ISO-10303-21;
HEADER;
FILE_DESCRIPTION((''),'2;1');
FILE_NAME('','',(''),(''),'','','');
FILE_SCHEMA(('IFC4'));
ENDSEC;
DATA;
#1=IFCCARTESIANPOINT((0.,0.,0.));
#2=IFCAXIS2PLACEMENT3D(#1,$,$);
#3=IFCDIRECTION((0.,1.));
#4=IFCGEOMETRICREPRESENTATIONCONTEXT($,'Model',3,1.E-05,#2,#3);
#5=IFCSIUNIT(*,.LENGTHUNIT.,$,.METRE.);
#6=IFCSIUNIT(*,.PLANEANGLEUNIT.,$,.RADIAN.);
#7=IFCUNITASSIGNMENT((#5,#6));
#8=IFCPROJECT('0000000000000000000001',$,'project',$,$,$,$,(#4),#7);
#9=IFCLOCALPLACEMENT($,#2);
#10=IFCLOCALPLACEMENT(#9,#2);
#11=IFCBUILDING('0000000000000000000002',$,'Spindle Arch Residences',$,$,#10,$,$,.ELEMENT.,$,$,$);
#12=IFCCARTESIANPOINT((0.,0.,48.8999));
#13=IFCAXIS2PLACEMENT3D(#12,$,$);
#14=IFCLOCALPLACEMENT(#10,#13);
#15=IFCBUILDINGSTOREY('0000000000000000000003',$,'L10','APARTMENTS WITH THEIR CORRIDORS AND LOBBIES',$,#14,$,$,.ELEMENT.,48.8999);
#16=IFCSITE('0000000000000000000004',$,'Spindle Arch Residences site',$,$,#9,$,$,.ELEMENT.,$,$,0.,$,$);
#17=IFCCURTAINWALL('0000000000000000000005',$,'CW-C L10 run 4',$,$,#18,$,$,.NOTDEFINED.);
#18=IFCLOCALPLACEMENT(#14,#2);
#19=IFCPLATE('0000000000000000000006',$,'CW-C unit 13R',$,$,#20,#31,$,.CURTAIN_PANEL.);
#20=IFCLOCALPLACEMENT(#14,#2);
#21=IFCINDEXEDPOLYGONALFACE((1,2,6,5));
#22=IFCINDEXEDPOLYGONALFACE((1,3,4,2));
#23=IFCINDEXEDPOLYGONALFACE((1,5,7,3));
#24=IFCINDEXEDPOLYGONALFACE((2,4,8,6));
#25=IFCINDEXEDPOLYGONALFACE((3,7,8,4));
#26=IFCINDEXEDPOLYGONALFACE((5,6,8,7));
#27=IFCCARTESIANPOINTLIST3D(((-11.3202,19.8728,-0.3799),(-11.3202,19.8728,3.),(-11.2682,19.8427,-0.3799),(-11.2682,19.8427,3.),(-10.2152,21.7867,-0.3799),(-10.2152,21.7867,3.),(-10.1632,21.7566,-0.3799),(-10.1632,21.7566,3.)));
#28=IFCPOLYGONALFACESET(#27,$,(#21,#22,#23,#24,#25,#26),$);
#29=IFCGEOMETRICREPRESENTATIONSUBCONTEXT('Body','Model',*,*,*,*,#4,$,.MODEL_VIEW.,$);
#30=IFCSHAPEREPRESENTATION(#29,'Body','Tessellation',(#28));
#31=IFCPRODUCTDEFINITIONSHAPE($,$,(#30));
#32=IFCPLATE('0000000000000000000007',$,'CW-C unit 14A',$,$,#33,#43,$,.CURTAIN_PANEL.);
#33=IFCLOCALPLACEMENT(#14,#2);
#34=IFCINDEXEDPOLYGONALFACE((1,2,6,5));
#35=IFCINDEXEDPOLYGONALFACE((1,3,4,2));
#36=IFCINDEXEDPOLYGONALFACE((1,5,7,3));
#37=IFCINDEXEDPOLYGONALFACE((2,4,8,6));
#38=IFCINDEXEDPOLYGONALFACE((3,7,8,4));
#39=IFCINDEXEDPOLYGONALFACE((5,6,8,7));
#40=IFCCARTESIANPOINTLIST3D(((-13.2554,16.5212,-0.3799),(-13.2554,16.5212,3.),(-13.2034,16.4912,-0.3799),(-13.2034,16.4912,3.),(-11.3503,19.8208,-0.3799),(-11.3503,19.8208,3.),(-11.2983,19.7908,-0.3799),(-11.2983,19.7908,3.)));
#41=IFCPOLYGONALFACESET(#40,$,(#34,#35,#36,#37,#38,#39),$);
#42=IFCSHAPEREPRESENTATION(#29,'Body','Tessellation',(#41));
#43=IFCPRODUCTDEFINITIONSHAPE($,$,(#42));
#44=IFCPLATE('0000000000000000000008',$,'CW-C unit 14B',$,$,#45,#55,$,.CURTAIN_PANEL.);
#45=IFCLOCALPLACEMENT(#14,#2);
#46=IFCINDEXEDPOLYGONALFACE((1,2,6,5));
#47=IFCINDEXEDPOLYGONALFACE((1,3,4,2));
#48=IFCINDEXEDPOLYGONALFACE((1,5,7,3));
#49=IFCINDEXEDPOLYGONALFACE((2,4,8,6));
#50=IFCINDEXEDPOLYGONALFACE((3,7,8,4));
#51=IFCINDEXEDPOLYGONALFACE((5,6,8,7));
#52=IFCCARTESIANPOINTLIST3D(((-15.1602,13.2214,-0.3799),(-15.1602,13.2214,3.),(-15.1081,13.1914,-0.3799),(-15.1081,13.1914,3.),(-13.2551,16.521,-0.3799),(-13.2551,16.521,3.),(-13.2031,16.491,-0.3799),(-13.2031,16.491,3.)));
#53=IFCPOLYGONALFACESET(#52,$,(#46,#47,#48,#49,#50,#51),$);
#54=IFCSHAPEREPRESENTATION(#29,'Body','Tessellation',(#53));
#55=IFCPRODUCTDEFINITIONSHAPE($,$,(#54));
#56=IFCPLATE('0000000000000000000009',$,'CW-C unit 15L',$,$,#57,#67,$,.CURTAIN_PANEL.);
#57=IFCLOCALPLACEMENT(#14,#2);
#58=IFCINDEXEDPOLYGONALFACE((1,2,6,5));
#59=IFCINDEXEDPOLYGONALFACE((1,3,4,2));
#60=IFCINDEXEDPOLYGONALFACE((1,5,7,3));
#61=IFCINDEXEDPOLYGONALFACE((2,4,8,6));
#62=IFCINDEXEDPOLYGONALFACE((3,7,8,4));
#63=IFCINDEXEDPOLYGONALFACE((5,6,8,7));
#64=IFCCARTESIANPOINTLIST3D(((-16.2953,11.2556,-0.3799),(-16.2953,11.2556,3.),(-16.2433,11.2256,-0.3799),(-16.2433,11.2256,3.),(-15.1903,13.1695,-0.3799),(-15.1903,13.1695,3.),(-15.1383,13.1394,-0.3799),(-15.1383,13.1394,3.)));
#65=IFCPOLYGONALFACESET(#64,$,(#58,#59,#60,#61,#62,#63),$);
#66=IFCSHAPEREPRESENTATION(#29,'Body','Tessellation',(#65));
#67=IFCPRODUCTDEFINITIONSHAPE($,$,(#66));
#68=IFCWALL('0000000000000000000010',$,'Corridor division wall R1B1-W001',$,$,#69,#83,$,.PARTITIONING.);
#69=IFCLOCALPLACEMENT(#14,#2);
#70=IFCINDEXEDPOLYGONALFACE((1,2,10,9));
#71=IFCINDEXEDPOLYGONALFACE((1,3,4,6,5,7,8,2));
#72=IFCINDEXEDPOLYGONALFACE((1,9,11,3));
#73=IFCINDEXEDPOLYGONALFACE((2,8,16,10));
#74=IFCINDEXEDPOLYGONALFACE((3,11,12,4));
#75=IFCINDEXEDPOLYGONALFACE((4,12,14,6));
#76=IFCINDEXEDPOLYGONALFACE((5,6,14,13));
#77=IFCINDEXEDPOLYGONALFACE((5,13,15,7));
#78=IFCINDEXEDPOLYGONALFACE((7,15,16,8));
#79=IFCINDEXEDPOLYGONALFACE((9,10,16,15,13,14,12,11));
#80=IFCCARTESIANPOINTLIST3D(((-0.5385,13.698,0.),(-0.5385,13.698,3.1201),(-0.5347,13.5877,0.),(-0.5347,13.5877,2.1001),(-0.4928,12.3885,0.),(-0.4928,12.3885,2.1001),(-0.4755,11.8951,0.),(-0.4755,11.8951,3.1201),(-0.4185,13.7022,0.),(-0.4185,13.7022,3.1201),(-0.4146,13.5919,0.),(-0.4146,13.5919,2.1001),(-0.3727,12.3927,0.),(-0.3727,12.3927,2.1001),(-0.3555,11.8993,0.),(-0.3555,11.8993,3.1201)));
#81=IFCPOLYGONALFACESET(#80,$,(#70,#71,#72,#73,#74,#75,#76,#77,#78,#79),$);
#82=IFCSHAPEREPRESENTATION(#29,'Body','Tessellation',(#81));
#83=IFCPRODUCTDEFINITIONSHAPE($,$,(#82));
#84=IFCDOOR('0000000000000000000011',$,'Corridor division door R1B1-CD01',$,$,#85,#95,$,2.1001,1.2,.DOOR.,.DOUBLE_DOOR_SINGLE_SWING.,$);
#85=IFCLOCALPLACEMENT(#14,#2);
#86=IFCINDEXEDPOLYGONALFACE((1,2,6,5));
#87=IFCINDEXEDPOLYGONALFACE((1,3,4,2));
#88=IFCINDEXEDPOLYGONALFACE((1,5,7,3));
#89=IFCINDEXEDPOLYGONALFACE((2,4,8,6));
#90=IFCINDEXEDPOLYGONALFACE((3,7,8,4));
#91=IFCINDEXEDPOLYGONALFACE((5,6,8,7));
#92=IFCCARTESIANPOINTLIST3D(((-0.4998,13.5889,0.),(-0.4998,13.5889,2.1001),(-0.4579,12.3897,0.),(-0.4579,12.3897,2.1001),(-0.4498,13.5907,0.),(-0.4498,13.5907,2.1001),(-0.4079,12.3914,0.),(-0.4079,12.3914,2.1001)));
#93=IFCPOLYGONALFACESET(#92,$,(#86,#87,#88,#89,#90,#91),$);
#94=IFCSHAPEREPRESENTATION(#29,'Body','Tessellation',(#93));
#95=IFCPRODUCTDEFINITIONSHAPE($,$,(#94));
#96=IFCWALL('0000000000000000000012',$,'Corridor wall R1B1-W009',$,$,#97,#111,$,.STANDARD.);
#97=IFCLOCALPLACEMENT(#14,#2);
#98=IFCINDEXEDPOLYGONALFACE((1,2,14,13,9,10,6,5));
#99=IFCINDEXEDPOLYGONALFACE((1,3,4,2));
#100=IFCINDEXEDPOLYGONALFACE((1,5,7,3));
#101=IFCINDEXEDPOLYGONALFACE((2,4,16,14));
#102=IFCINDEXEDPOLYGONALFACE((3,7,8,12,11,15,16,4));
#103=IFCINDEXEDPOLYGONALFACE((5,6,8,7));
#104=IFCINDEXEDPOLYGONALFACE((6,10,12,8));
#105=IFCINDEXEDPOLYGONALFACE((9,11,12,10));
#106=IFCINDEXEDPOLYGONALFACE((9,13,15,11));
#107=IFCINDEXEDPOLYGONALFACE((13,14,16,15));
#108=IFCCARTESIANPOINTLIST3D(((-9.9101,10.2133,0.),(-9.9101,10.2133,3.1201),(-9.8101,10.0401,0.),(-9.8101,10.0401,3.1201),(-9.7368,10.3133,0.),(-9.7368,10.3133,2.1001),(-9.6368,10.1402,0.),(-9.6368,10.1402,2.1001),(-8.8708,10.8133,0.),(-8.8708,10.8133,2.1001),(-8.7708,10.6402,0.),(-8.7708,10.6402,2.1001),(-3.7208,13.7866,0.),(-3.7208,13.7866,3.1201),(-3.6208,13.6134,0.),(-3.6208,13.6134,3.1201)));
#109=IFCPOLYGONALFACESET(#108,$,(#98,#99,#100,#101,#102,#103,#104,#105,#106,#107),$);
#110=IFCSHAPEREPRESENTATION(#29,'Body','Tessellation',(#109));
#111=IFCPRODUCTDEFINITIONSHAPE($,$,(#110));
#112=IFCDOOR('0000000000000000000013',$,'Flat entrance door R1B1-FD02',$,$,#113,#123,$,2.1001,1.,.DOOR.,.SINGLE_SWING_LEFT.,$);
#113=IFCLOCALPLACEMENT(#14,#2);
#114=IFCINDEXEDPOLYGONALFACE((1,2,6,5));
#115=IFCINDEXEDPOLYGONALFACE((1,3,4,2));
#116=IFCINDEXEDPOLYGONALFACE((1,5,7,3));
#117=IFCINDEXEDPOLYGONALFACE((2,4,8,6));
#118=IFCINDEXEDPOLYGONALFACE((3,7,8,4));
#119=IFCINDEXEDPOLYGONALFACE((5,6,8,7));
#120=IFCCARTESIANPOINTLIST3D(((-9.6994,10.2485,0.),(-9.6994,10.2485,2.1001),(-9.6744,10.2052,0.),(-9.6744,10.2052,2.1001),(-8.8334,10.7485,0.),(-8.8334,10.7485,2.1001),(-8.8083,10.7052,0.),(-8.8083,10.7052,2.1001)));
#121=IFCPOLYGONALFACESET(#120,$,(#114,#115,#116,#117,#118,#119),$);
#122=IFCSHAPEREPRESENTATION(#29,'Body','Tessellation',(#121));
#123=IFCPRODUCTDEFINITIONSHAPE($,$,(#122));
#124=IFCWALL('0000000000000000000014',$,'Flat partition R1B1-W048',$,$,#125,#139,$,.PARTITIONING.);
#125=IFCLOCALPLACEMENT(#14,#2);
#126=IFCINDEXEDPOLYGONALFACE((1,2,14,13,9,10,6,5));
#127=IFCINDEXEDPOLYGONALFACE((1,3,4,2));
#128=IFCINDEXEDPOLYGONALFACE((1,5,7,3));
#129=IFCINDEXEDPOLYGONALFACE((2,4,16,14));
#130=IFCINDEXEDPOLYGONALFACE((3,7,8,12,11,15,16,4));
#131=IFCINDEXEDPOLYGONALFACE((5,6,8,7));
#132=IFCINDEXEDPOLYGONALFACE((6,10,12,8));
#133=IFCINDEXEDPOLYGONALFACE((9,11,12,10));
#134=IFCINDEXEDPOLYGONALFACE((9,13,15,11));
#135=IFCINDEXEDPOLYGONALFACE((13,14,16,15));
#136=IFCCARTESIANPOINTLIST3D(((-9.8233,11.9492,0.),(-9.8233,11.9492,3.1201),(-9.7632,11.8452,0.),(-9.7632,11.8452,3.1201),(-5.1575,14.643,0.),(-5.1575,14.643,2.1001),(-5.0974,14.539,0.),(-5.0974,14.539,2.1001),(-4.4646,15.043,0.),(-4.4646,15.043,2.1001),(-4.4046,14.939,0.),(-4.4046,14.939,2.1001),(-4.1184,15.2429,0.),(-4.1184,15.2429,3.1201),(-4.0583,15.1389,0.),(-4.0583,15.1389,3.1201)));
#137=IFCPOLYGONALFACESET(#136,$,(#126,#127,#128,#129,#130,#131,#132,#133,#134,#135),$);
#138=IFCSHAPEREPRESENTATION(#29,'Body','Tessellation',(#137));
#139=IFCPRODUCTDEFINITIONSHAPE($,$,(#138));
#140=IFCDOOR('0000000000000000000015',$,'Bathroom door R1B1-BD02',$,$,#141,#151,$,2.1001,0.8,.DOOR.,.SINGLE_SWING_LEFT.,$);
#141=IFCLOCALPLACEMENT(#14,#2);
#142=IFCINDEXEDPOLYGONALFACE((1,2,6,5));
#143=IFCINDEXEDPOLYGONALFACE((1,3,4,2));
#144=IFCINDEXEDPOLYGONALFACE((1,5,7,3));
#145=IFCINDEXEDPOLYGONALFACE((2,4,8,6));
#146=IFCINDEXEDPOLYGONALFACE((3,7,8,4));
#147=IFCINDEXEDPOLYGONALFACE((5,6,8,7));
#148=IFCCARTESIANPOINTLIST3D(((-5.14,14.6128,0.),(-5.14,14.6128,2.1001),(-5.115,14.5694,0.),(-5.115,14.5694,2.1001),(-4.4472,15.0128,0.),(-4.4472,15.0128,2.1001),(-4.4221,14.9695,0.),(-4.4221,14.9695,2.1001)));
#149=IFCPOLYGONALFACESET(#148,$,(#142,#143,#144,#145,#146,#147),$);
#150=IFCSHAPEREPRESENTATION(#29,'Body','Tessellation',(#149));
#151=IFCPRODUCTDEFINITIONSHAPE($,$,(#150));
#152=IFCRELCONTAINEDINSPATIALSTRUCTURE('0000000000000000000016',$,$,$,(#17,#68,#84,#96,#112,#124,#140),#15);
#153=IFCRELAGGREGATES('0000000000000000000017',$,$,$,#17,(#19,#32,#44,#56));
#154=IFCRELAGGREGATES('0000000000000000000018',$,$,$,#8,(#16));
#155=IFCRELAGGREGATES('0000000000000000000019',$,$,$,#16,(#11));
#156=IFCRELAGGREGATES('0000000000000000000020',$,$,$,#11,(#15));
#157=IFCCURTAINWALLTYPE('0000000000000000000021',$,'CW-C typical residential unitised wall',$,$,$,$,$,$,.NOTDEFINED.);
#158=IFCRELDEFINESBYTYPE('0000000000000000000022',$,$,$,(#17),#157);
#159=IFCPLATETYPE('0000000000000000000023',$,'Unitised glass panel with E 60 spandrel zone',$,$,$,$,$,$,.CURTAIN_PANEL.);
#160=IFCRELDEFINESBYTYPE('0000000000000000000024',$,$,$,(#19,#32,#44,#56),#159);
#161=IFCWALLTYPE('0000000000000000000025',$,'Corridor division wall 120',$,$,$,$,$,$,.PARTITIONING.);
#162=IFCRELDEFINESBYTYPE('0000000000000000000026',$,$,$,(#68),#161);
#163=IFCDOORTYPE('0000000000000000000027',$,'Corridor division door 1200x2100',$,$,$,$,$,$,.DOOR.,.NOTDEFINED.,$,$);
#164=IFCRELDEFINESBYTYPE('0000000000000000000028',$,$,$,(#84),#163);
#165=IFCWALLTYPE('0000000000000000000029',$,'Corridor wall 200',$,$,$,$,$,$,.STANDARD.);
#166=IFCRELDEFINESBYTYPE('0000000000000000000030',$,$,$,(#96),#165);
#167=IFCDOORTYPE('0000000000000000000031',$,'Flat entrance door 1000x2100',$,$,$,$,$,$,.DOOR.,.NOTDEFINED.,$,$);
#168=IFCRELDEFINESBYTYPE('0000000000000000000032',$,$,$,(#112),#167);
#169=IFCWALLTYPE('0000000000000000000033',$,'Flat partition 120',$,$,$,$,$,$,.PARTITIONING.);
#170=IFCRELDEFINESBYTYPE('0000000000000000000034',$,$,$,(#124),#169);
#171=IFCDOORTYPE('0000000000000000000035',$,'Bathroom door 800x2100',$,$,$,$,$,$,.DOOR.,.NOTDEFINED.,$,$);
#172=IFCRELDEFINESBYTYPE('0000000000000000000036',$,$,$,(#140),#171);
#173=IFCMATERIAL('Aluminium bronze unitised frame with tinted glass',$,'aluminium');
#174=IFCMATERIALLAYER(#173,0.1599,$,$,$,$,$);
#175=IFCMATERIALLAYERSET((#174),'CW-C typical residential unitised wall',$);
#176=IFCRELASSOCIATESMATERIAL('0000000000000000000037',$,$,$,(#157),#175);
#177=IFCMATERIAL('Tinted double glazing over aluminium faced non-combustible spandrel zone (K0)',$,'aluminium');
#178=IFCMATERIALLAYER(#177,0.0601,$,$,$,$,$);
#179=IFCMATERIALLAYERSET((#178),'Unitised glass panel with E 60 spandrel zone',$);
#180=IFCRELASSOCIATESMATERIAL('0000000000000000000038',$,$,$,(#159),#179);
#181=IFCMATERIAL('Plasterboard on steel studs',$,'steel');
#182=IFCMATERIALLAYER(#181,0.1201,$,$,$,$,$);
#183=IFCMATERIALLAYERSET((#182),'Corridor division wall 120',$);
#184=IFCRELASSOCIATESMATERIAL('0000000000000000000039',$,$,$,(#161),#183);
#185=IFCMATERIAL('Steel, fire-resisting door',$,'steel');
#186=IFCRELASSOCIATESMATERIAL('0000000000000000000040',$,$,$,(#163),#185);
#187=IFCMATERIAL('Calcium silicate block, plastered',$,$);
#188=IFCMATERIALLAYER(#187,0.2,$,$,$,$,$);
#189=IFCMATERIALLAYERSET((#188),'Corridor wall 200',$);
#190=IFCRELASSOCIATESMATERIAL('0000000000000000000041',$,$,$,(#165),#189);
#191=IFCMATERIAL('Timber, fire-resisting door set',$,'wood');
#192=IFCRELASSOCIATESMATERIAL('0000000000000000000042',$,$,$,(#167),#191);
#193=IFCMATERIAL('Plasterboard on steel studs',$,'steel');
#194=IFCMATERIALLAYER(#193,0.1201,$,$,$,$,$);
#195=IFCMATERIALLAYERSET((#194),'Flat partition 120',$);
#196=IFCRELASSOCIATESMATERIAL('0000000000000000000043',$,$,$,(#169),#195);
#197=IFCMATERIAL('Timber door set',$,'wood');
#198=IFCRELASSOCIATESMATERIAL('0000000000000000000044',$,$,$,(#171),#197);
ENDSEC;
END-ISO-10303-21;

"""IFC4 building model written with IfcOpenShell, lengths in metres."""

from ifc_helpers import new_model, si_unit, direction, frame, frame_2d, origin, origin_2d, place, context, subcontext, project, spatial, rectangle, extrude, material, layer, layer_set, type_object, element, fill, aggregate, save


model = new_model("IFC4")

# Units and contexts
model_context = context("Model", 3, precision=1e-05, world=origin(), true_north=direction((0.0, 1.0)))
body_context = subcontext(model_context, "Body", "Model", "MODEL_VIEW")
ifc_project = project(units=[si_unit("LENGTHUNIT", "METRE"), si_unit("PLANEANGLEUNIT", "RADIAN")], contexts=[model_context])

# Site, building, storey
site_placement = place(None, origin())
site = spatial("IfcSite", under=ifc_project, at=site_placement, Name="Spindle Arch Residences site", CompositionType="ELEMENT", RefElevation=0.0)
building_placement = place(site_placement, origin())
building = spatial("IfcBuilding", under=site, at=building_placement, Name="Spindle Arch Residences", CompositionType="ELEMENT")
storey_placement = place(building_placement, frame((0.0, 0.0, 48.8999)))
storey = spatial("IfcBuildingStorey", under=building, at=storey_placement, Name="L10", Description="APARTMENTS WITH THEIR CORRIDORS AND LOBBIES", CompositionType="ELEMENT", Elevation=48.8999)

# Curtain wall
ifc_material_1 = material(Name="Aluminium bronze unitised frame with tinted glass", Category="aluminium")
ifc_layer_1 = layer(ifc_material_1, 0.1599)
ifc_layer_set_1 = layer_set([ifc_layer_1], Name="CW-C typical residential unitised wall")
curtain_wall_type = type_object("IfcCurtainWallType", Name="CW-C typical residential unitised wall", PredefinedType="NOTDEFINED", material=ifc_layer_set_1)
curtain_wall_placement = place(storey_placement, origin())
curtain_wall = element("IfcCurtainWall", 1, at=curtain_wall_placement, inside=storey, type_object=curtain_wall_type, Name="CW-C L10 run 4", PredefinedType="NOTDEFINED")

# Plates
ifc_material_2 = material(Name="Tinted double glazing over aluminium faced non-combustible spandrel zone (K0)", Category="aluminium")
ifc_layer_2 = layer(ifc_material_2, 0.0601)
ifc_layer_set_2 = layer_set([ifc_layer_2], Name="Unitised glass panel with E 60 spandrel zone")
plate_type = type_object("IfcPlateType", Name="Unitised glass panel with E 60 spandrel zone", PredefinedType="CURTAIN_PANEL", material=ifc_layer_set_2)
plate_1_placement = place(storey_placement, frame((-10.7417, 20.8147, -0.3799), z_axis=(0.0, 0.0, 1.0), x_axis=(-0.5, -0.866025, 0.0)))
plate_1 = element("IfcPlate", 2, at=plate_1_placement, type_object=plate_type, Name="CW-C unit 13R", PredefinedType="CURTAIN_PANEL", context=body_context, shape_type="SweptSolid", body=[
    extrude(rectangle(XDim=2.21, YDim=0.0601, at=origin_2d()), origin(), (0.0, 0.0, 1.0), 3.3799),
])
plate_2_placement = place(storey_placement, frame((-12.2769, 18.156, -0.3799), z_axis=(0.0, 0.0, 1.0), x_axis=(-0.5, -0.866025, 0.0)))
plate_2 = element("IfcPlate", 3, at=plate_2_placement, type_object=plate_type, Name="CW-C unit 14A", PredefinedType="CURTAIN_PANEL", context=body_context, shape_type="SweptSolid", body=[
    extrude(rectangle(XDim=3.8101, YDim=0.0601, at=origin_2d()), origin(), (0.0, 0.0, 1.0), 3.3799),
])
plate_3_placement = place(storey_placement, frame((-14.1816, 14.8562, -0.3799), z_axis=(0.0, 0.0, 1.0), x_axis=(-0.5, -0.866025, 0.0)))
plate_3 = element("IfcPlate", 4, at=plate_3_placement, type_object=plate_type, Name="CW-C unit 14B", PredefinedType="CURTAIN_PANEL", context=body_context, shape_type="SweptSolid", body=[
    extrude(rectangle(XDim=3.8101, YDim=0.0601, at=origin_2d()), origin(), (0.0, 0.0, 1.0), 3.3799),
])
plate_4_placement = place(storey_placement, frame((-15.7168, 12.1975, -0.3799), z_axis=(0.0, 0.0, 1.0), x_axis=(-0.5, -0.866025, 0.0)))
plate_4 = element("IfcPlate", 5, at=plate_4_placement, type_object=plate_type, Name="CW-C unit 15L", PredefinedType="CURTAIN_PANEL", context=body_context, shape_type="SweptSolid", body=[
    extrude(rectangle(XDim=2.21, YDim=0.0601, at=origin_2d()), origin(), (0.0, 0.0, 1.0), 3.3799),
])
aggregate(curtain_wall, [plate_1, plate_2, plate_3, plate_4])

# Walls, openings, doors
ifc_material_3 = material(Name="Plasterboard on steel studs", Category="steel")
ifc_layer_3 = layer(ifc_material_3, 0.1201)
ifc_layer_set_3 = layer_set([ifc_layer_3], Name="Corridor division wall 120")
wall_type_1 = type_object("IfcWallType", Name="Corridor division wall 120", PredefinedType="PARTITIONING", material=ifc_layer_set_3)
wall_1_placement = place(storey_placement, frame((-0.4785, 13.7, 0.0), z_axis=(0.0, 0.0, 1.0), x_axis=(0.034919, -0.99939, 0.0)))
wall_1 = element("IfcWall", 6, at=wall_1_placement, inside=storey, type_object=wall_type_1, Name="Corridor division wall R1B1-W001", PredefinedType="PARTITIONING", context=body_context, shape_type="SweptSolid", body=[
    extrude(rectangle(XDim=1.804, YDim=0.1201, at=frame_2d((0.9019, 0.0))), origin(), (0.0, 0.0, 1.0), 3.1201),
])
opening_1_placement = place(wall_1_placement, frame((0.1101, 0.0, 0.0)))
opening_1 = element("IfcOpeningElement", 7, at=opening_1_placement, cuts=wall_1, PredefinedType="OPENING", context=body_context, shape_type="SweptSolid", body=[
    extrude(rectangle(XDim=1.2, YDim=2.1001, at=frame_2d((0.6001, 1.05))), frame((0.0, 0.0701, 0.0), z_axis=(0.0, -1.0, 0.0), x_axis=(1.0, 0.0, 0.0)), (0.0, 0.0, 1.0), 0.1401),
])
ifc_material_4 = material(Name="Steel, fire-resisting door", Category="steel")
door_type_1 = type_object("IfcDoorType", Name="Corridor division door 1200x2100", OperationType="NOTDEFINED", PredefinedType="DOOR", material=ifc_material_4)
door_1_placement = place(opening_1_placement, origin())
door_1 = element("IfcDoor", 8, at=door_1_placement, inside=storey, type_object=door_type_1, Name="Corridor division door R1B1-CD01", OperationType="DOUBLE_DOOR_SINGLE_SWING", OverallHeight=2.1001, OverallWidth=1.2, PredefinedType="DOOR", context=body_context, shape_type="SweptSolid", body=[
    extrude(rectangle(XDim=1.2, YDim=2.1001, at=frame_2d((0.6001, 1.05))), frame((0.0, 0.0249, 0.0), z_axis=(0.0, -1.0, 0.0), x_axis=(1.0, 0.0, 0.0)), (0.0, 0.0, 1.0), 0.05),
])
fill(opening_1, door_1)
ifc_material_5 = material(Name="Calcium silicate block, plastered")
ifc_layer_4 = layer(ifc_material_5, 0.2)
ifc_layer_set_4 = layer_set([ifc_layer_4], Name="Corridor wall 200")
wall_type_2 = type_object("IfcWallType", Name="Corridor wall 200", PredefinedType="STANDARD", material=ifc_layer_set_4)
wall_2_placement = place(storey_placement, frame((-3.6709, 13.7, 0.0), z_axis=(0.0, 0.0, 1.0), x_axis=(-0.866031, -0.49999, 0.0)))
wall_2 = element("IfcWall", 9, at=wall_2_placement, inside=storey, type_object=wall_type_2, Name="Corridor wall R1B1-W009", PredefinedType="STANDARD", context=body_context, shape_type="SweptSolid", body=[
    extrude(rectangle(XDim=7.1467, YDim=0.2, at=frame_2d((3.5732, 0.0))), origin(), (0.0, 0.0, 1.0), 3.1201),
])
opening_2_placement = place(wall_2_placement, frame((5.9465, 0.0, 0.0)))
opening_2 = element("IfcOpeningElement", 10, at=opening_2_placement, cuts=wall_2, PredefinedType="OPENING", context=body_context, shape_type="SweptSolid", body=[
    extrude(rectangle(XDim=1.0, YDim=2.1001, at=frame_2d((0.5, 1.05))), frame((0.0, 0.1099, 0.0), z_axis=(0.0, -1.0, 0.0), x_axis=(1.0, 0.0, 0.0)), (0.0, 0.0, 1.0), 0.22),
])
ifc_material_6 = material(Name="Timber, fire-resisting door set", Category="wood")
door_type_2 = type_object("IfcDoorType", Name="Flat entrance door 1000x2100", OperationType="NOTDEFINED", PredefinedType="DOOR", material=ifc_material_6)
door_2_placement = place(opening_2_placement, origin())
door_2 = element("IfcDoor", 11, at=door_2_placement, inside=storey, type_object=door_type_2, Name="Flat entrance door R1B1-FD02", OperationType="SINGLE_SWING_LEFT", OverallHeight=2.1001, OverallWidth=1.0, PredefinedType="DOOR", context=body_context, shape_type="SweptSolid", body=[
    extrude(rectangle(XDim=1.0, YDim=2.1001, at=frame_2d((0.5, 1.05))), frame((0.0, 0.0249, 0.0), z_axis=(0.0, -1.0, 0.0), x_axis=(1.0, 0.0, 0.0)), (0.0, 0.0, 1.0), 0.05),
])
fill(opening_2, door_2)
ifc_material_7 = material(Name="Plasterboard on steel studs", Category="steel")
ifc_layer_5 = layer(ifc_material_7, 0.1201)
ifc_layer_set_5 = layer_set([ifc_layer_5], Name="Flat partition 120")
wall_type_3 = type_object("IfcWallType", Name="Flat partition 120", PredefinedType="PARTITIONING", material=ifc_layer_set_5)
wall_3_placement = place(storey_placement, frame((-4.0884, 15.1909, 0.0), z_axis=(0.0, 0.0, 1.0), x_axis=(-0.866025, -0.500002, 0.0)))
wall_3 = element("IfcWall", 12, at=wall_3_placement, inside=storey, type_object=wall_type_3, Name="Flat partition R1B1-W048", PredefinedType="PARTITIONING", context=body_context, shape_type="SweptSolid", body=[
    extrude(rectangle(XDim=6.5874, YDim=0.1201, at=frame_2d((3.2937, 0.0))), origin(), (0.0, 0.0, 1.0), 3.1201),
])
opening_3_placement = place(wall_3_placement, frame((0.3999, 0.0, 0.0)))
opening_3 = element("IfcOpeningElement", 13, at=opening_3_placement, cuts=wall_3, PredefinedType="OPENING", context=body_context, shape_type="SweptSolid", body=[
    extrude(rectangle(XDim=0.8, YDim=2.1001, at=frame_2d((0.3999, 1.05))), frame((0.0, 0.0701, 0.0), z_axis=(0.0, -1.0, 0.0), x_axis=(1.0, 0.0, 0.0)), (0.0, 0.0, 1.0), 0.1401),
])
ifc_material_8 = material(Name="Timber door set", Category="wood")
door_type_3 = type_object("IfcDoorType", Name="Bathroom door 800x2100", OperationType="NOTDEFINED", PredefinedType="DOOR", material=ifc_material_8)
door_3_placement = place(opening_3_placement, origin())
door_3 = element("IfcDoor", 14, at=door_3_placement, inside=storey, type_object=door_type_3, Name="Bathroom door R1B1-BD02", OperationType="SINGLE_SWING_LEFT", OverallHeight=2.1001, OverallWidth=0.8, PredefinedType="DOOR", context=body_context, shape_type="SweptSolid", body=[
    extrude(rectangle(XDim=0.8, YDim=2.1001, at=frame_2d((0.3999, 1.05))), frame((0.0, 0.0249, 0.0), z_axis=(0.0, -1.0, 0.0), x_axis=(1.0, 0.0, 0.0)), (0.0, 0.0, 1.0), 0.05),
])
fill(opening_3, door_3)

save(model, "model.ifc")
